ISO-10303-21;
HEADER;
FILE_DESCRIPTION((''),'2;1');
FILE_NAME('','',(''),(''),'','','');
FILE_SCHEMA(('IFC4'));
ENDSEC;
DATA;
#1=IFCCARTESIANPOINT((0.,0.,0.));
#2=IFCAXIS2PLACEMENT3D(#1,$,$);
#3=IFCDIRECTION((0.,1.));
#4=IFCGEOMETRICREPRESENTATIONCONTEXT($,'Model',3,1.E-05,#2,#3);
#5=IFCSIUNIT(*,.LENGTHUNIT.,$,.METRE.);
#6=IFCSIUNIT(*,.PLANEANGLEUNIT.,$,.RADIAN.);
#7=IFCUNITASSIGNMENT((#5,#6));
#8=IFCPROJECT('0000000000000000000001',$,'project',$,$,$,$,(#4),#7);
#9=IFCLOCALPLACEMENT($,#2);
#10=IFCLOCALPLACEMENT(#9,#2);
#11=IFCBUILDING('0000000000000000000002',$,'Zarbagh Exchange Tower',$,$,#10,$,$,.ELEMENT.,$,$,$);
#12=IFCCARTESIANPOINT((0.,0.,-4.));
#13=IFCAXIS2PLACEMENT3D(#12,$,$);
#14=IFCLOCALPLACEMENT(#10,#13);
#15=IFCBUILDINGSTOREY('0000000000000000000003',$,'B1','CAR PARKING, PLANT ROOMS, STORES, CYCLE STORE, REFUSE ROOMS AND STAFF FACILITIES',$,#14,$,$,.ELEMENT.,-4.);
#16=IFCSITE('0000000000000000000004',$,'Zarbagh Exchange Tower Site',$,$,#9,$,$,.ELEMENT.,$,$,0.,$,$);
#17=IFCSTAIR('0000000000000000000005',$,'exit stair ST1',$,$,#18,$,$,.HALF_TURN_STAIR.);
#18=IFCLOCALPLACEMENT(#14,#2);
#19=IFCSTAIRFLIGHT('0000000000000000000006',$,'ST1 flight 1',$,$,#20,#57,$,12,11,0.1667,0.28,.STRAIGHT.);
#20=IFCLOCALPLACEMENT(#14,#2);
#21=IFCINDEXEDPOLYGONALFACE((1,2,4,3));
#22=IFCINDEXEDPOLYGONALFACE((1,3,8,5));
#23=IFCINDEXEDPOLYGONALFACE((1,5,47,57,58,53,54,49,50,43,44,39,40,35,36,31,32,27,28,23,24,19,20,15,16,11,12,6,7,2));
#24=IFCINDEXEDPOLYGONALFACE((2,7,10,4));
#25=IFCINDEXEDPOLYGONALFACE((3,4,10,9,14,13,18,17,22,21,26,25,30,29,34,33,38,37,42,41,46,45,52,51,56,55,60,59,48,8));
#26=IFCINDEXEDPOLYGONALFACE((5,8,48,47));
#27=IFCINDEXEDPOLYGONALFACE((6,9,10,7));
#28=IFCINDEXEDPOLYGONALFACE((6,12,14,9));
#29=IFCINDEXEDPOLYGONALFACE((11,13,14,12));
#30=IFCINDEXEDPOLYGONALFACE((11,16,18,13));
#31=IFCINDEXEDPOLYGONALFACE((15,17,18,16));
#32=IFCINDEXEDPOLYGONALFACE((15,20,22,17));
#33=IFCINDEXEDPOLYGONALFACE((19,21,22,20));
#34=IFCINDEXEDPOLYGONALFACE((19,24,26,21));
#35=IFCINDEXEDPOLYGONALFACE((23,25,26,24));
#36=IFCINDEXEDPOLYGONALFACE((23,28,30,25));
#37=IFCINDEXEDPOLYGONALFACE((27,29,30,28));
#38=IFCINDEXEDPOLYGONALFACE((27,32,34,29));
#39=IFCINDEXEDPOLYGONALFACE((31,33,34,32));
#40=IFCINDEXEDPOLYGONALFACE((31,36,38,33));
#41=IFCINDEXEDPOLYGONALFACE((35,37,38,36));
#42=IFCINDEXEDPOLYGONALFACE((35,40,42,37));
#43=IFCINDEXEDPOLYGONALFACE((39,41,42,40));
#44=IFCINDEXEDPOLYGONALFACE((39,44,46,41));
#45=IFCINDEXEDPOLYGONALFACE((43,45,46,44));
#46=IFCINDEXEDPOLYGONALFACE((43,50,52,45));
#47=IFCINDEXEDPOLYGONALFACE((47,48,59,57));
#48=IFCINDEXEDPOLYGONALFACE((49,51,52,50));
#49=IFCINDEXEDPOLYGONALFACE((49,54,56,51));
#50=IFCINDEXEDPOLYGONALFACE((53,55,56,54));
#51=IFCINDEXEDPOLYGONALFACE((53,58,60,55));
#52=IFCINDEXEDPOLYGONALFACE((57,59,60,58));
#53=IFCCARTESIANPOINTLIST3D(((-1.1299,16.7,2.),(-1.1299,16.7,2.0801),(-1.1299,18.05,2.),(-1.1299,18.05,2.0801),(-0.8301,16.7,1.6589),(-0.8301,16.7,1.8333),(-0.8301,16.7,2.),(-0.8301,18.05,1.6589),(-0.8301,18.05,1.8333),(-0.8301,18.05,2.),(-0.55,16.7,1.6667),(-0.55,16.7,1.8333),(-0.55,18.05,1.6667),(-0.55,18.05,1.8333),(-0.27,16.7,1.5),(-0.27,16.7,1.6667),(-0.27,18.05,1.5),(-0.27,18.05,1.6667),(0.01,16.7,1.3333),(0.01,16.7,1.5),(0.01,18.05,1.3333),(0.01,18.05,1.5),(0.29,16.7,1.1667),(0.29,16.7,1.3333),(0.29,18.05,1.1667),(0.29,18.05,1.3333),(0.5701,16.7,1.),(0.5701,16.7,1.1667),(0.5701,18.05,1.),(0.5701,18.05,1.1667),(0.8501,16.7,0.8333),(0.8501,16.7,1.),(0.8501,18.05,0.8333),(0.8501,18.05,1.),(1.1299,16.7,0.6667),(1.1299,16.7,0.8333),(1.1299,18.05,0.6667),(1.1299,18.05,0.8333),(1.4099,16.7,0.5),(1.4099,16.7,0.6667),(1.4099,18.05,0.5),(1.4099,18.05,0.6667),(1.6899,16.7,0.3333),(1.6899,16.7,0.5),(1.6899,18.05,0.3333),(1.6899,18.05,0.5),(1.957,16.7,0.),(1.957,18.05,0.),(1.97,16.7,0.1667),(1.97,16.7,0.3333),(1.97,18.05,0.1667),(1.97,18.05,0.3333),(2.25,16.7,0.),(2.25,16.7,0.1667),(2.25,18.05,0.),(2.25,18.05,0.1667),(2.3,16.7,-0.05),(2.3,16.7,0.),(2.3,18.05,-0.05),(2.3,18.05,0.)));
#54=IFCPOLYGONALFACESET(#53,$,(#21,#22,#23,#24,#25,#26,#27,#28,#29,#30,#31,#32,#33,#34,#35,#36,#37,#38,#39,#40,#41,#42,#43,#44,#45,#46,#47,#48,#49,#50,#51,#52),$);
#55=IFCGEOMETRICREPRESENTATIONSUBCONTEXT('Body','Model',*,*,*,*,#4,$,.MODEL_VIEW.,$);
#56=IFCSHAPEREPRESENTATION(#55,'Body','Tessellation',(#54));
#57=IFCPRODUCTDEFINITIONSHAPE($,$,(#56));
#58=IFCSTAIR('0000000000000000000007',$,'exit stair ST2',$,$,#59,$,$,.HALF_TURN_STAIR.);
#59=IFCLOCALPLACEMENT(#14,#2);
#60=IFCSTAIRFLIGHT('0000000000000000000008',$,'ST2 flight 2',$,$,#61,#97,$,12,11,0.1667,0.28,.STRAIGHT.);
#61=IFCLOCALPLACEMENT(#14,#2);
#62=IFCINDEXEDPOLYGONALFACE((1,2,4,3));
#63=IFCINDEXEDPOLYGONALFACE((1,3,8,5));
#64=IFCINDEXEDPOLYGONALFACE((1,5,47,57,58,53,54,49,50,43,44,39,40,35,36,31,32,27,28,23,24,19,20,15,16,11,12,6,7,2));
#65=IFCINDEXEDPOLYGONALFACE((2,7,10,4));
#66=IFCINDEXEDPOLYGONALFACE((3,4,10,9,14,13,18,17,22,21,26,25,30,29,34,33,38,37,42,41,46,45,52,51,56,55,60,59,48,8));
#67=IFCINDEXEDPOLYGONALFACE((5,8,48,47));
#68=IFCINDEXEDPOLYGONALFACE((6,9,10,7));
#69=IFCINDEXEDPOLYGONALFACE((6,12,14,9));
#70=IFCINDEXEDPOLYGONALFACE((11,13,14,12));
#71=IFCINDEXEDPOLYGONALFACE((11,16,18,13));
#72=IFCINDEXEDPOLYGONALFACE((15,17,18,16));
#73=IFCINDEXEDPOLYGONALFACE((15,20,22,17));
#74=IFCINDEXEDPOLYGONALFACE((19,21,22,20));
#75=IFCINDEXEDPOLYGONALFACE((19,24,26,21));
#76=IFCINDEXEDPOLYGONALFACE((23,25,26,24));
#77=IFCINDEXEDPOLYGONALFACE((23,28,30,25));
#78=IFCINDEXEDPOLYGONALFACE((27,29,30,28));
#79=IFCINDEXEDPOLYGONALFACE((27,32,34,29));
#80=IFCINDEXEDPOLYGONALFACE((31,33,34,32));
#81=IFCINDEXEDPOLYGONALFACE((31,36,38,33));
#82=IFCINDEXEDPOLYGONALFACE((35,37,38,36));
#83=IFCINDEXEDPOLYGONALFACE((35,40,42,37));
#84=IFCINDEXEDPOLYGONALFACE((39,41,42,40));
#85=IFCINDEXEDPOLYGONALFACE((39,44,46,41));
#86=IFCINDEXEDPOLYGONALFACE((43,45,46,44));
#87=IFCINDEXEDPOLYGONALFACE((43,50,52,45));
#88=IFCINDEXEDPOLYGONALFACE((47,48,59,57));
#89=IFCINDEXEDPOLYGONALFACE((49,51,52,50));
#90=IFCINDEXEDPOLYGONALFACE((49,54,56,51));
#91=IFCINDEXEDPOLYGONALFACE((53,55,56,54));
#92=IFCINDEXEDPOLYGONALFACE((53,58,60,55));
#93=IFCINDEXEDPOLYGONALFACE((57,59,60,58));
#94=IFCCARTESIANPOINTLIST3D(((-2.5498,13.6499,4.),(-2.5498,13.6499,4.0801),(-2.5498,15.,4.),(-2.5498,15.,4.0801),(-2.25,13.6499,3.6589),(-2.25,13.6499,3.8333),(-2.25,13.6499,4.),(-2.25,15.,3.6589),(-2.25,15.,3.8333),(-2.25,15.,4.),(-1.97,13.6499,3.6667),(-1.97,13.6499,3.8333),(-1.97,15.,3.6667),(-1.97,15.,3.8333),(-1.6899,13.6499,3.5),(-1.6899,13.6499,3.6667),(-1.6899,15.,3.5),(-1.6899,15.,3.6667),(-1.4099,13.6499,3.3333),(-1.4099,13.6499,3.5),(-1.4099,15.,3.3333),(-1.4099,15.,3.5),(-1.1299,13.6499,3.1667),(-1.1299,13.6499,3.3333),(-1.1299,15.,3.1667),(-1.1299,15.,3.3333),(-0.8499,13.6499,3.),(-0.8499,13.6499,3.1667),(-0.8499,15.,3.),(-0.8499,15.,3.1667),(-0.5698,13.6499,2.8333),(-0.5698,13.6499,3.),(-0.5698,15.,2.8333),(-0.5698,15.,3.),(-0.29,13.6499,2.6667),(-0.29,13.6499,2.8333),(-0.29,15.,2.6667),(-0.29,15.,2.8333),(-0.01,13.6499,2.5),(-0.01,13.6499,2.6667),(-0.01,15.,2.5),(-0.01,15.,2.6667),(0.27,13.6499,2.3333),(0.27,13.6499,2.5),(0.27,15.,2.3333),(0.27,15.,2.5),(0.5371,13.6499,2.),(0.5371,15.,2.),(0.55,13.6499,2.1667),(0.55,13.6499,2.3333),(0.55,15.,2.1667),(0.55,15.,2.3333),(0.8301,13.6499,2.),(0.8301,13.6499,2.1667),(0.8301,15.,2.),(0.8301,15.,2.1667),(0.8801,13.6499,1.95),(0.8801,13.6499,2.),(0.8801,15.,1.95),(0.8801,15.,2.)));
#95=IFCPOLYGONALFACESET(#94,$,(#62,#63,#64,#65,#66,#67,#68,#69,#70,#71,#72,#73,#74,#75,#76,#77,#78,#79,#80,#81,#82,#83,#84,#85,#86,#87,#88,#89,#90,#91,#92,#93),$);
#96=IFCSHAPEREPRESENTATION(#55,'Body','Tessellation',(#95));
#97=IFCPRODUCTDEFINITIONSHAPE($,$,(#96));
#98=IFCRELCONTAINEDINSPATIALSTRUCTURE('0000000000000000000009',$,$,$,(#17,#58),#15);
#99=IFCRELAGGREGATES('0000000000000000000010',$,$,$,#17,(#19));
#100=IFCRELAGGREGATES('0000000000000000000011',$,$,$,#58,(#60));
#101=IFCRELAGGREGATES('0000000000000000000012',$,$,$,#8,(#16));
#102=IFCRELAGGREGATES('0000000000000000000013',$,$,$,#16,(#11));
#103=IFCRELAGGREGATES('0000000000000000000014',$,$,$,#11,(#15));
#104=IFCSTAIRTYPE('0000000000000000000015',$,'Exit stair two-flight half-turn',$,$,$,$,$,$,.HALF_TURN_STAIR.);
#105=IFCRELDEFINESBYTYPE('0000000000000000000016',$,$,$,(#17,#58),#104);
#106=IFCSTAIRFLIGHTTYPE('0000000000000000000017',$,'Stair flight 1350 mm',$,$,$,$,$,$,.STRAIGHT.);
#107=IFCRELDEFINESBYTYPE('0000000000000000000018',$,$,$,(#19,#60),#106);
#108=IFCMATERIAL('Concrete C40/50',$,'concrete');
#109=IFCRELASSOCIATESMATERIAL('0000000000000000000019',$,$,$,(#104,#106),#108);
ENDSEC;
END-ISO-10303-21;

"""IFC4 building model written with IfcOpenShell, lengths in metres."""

from ifc_helpers import new_model, si_unit, direction, frame, origin, place, context, subcontext, project, spatial, polyline, outline, extrude, material, type_object, element, aggregate, save


model = new_model("IFC4")

# Units and contexts
model_context = context("Model", 3, precision=1e-05, world=origin(), true_north=direction((0.0, 1.0)))
body_context = subcontext(model_context, "Body", "Model", "MODEL_VIEW")
ifc_project = project(units=[si_unit("LENGTHUNIT", "METRE"), si_unit("PLANEANGLEUNIT", "RADIAN")], contexts=[model_context])

# Site, building, storey
site_placement = place(None, origin())
site = spatial("IfcSite", under=ifc_project, at=site_placement, Name="Zarbagh Exchange Tower Site", CompositionType="ELEMENT", RefElevation=0.0)
building_placement = place(site_placement, origin())
building = spatial("IfcBuilding", under=site, at=building_placement, Name="Zarbagh Exchange Tower", CompositionType="ELEMENT")
storey_placement = place(building_placement, frame((0.0, 0.0, -4.0)))
storey = spatial("IfcBuildingStorey", under=building, at=storey_placement, Name="B1", Description="CAR PARKING, PLANT ROOMS, STORES, CYCLE STORE, REFUSE ROOMS AND STAFF FACILITIES", CompositionType="ELEMENT", Elevation=-4.0)

# Shared definitions
ifc_material_1 = material(Name="Concrete C40/50", Category="concrete")

# Stairs, stair flights
stair_type = type_object("IfcStairType", Name="Exit stair two-flight half-turn", PredefinedType="HALF_TURN_STAIR", material=ifc_material_1)
stair_1_placement = place(storey_placement, origin())
stair_1 = element("IfcStair", 1, at=stair_1_placement, inside=storey, type_object=stair_type, Name="exit stair ST1", PredefinedType="HALF_TURN_STAIR")
stair_flight_type = type_object("IfcStairFlightType", Name="Stair flight 1350 mm", PredefinedType="STRAIGHT", material=ifc_material_1)
stair_flight_1_placement = place(storey_placement, frame((2.25, 17.375, 0.0), z_axis=(0.0, 0.0, 1.0), x_axis=(-1.0, 0.0, 0.0)))
stair_flight_1 = element("IfcStairFlight", 2, at=stair_flight_1_placement, type_object=stair_flight_type, Name="ST1 flight 1", NumberOfRisers=12, NumberOfTreads=11, PredefinedType="STRAIGHT", RiserHeight=0.1667, TreadLength=0.28, context=body_context, shape_type="SweptSolid", body=[
    extrude(outline(polyline([(-0.05, -0.05), (-0.05, 0.0), (0.0, 0.0), (0.0, 0.1667), (0.28, 0.1667), (0.28, 0.3333), (0.5601, 0.3333), (0.5601, 0.5), (0.8401, 0.5), (0.8401, 0.6667), (1.1201, 0.6667), (1.1201, 0.8333), (1.3999, 0.8333), (1.3999, 1.0), (1.6799, 1.0), (1.6799, 1.1667), (1.96, 1.1667), (1.96, 1.3333), (2.24, 1.3333), (2.24, 1.5), (2.52, 1.5), (2.52, 1.6667), (2.8, 1.6667), (2.8, 1.8333), (3.0801, 1.8333), (3.0801, 2.0), (3.3799, 2.0801), (3.3799, 2.0), (3.0801, 1.6589), (0.293, 0.0), (-0.05, -0.05)])), frame((0.0, 0.675, 0.0), z_axis=(0.0, -1.0, 0.0), x_axis=(1.0, 0.0, 0.0)), (0.0, 0.0, 1.0), 1.3501),
])
aggregate(stair_1, [stair_flight_1])
stair_2_placement = place(storey_placement, origin())
stair_2 = element("IfcStair", 3, at=stair_2_placement, inside=storey, type_object=stair_type, Name="exit stair ST2", PredefinedType="HALF_TURN_STAIR")
stair_flight_2_placement = place(storey_placement, frame((0.8301, 14.325, 2.0), z_axis=(0.0, 0.0, 1.0), x_axis=(-1.0, 0.0, 0.0)))
stair_flight_2 = element("IfcStairFlight", 4, at=stair_flight_2_placement, type_object=stair_flight_type, Name="ST2 flight 2", NumberOfRisers=12, NumberOfTreads=11, PredefinedType="STRAIGHT", RiserHeight=0.1667, TreadLength=0.28, context=body_context, shape_type="SweptSolid", body=[
    extrude(outline(polyline([(-0.05, -0.05), (-0.05, 0.0), (0.0, 0.0), (0.0, 0.1667), (0.28, 0.1667), (0.28, 0.3333), (0.5601, 0.3333), (0.5601, 0.5), (0.8401, 0.5), (0.8401, 0.6667), (1.1201, 0.6667), (1.1201, 0.8333), (1.3999, 0.8333), (1.3999, 1.0), (1.6799, 1.0), (1.6799, 1.1667), (1.96, 1.1667), (1.96, 1.3333), (2.24, 1.3333), (2.24, 1.5), (2.52, 1.5), (2.52, 1.6667), (2.8, 1.6667), (2.8, 1.8333), (3.0801, 1.8333), (3.0801, 2.0), (3.3799, 2.0801), (3.3799, 2.0), (3.0801, 1.6589), (0.293, 0.0), (-0.05, -0.05)])), frame((0.0, 0.675, 0.0), z_axis=(0.0, -1.0, 0.0), x_axis=(1.0, 0.0, 0.0)), (0.0, 0.0, 1.0), 1.3501),
])
aggregate(stair_2, [stair_flight_2])

save(model, "model.ifc")
